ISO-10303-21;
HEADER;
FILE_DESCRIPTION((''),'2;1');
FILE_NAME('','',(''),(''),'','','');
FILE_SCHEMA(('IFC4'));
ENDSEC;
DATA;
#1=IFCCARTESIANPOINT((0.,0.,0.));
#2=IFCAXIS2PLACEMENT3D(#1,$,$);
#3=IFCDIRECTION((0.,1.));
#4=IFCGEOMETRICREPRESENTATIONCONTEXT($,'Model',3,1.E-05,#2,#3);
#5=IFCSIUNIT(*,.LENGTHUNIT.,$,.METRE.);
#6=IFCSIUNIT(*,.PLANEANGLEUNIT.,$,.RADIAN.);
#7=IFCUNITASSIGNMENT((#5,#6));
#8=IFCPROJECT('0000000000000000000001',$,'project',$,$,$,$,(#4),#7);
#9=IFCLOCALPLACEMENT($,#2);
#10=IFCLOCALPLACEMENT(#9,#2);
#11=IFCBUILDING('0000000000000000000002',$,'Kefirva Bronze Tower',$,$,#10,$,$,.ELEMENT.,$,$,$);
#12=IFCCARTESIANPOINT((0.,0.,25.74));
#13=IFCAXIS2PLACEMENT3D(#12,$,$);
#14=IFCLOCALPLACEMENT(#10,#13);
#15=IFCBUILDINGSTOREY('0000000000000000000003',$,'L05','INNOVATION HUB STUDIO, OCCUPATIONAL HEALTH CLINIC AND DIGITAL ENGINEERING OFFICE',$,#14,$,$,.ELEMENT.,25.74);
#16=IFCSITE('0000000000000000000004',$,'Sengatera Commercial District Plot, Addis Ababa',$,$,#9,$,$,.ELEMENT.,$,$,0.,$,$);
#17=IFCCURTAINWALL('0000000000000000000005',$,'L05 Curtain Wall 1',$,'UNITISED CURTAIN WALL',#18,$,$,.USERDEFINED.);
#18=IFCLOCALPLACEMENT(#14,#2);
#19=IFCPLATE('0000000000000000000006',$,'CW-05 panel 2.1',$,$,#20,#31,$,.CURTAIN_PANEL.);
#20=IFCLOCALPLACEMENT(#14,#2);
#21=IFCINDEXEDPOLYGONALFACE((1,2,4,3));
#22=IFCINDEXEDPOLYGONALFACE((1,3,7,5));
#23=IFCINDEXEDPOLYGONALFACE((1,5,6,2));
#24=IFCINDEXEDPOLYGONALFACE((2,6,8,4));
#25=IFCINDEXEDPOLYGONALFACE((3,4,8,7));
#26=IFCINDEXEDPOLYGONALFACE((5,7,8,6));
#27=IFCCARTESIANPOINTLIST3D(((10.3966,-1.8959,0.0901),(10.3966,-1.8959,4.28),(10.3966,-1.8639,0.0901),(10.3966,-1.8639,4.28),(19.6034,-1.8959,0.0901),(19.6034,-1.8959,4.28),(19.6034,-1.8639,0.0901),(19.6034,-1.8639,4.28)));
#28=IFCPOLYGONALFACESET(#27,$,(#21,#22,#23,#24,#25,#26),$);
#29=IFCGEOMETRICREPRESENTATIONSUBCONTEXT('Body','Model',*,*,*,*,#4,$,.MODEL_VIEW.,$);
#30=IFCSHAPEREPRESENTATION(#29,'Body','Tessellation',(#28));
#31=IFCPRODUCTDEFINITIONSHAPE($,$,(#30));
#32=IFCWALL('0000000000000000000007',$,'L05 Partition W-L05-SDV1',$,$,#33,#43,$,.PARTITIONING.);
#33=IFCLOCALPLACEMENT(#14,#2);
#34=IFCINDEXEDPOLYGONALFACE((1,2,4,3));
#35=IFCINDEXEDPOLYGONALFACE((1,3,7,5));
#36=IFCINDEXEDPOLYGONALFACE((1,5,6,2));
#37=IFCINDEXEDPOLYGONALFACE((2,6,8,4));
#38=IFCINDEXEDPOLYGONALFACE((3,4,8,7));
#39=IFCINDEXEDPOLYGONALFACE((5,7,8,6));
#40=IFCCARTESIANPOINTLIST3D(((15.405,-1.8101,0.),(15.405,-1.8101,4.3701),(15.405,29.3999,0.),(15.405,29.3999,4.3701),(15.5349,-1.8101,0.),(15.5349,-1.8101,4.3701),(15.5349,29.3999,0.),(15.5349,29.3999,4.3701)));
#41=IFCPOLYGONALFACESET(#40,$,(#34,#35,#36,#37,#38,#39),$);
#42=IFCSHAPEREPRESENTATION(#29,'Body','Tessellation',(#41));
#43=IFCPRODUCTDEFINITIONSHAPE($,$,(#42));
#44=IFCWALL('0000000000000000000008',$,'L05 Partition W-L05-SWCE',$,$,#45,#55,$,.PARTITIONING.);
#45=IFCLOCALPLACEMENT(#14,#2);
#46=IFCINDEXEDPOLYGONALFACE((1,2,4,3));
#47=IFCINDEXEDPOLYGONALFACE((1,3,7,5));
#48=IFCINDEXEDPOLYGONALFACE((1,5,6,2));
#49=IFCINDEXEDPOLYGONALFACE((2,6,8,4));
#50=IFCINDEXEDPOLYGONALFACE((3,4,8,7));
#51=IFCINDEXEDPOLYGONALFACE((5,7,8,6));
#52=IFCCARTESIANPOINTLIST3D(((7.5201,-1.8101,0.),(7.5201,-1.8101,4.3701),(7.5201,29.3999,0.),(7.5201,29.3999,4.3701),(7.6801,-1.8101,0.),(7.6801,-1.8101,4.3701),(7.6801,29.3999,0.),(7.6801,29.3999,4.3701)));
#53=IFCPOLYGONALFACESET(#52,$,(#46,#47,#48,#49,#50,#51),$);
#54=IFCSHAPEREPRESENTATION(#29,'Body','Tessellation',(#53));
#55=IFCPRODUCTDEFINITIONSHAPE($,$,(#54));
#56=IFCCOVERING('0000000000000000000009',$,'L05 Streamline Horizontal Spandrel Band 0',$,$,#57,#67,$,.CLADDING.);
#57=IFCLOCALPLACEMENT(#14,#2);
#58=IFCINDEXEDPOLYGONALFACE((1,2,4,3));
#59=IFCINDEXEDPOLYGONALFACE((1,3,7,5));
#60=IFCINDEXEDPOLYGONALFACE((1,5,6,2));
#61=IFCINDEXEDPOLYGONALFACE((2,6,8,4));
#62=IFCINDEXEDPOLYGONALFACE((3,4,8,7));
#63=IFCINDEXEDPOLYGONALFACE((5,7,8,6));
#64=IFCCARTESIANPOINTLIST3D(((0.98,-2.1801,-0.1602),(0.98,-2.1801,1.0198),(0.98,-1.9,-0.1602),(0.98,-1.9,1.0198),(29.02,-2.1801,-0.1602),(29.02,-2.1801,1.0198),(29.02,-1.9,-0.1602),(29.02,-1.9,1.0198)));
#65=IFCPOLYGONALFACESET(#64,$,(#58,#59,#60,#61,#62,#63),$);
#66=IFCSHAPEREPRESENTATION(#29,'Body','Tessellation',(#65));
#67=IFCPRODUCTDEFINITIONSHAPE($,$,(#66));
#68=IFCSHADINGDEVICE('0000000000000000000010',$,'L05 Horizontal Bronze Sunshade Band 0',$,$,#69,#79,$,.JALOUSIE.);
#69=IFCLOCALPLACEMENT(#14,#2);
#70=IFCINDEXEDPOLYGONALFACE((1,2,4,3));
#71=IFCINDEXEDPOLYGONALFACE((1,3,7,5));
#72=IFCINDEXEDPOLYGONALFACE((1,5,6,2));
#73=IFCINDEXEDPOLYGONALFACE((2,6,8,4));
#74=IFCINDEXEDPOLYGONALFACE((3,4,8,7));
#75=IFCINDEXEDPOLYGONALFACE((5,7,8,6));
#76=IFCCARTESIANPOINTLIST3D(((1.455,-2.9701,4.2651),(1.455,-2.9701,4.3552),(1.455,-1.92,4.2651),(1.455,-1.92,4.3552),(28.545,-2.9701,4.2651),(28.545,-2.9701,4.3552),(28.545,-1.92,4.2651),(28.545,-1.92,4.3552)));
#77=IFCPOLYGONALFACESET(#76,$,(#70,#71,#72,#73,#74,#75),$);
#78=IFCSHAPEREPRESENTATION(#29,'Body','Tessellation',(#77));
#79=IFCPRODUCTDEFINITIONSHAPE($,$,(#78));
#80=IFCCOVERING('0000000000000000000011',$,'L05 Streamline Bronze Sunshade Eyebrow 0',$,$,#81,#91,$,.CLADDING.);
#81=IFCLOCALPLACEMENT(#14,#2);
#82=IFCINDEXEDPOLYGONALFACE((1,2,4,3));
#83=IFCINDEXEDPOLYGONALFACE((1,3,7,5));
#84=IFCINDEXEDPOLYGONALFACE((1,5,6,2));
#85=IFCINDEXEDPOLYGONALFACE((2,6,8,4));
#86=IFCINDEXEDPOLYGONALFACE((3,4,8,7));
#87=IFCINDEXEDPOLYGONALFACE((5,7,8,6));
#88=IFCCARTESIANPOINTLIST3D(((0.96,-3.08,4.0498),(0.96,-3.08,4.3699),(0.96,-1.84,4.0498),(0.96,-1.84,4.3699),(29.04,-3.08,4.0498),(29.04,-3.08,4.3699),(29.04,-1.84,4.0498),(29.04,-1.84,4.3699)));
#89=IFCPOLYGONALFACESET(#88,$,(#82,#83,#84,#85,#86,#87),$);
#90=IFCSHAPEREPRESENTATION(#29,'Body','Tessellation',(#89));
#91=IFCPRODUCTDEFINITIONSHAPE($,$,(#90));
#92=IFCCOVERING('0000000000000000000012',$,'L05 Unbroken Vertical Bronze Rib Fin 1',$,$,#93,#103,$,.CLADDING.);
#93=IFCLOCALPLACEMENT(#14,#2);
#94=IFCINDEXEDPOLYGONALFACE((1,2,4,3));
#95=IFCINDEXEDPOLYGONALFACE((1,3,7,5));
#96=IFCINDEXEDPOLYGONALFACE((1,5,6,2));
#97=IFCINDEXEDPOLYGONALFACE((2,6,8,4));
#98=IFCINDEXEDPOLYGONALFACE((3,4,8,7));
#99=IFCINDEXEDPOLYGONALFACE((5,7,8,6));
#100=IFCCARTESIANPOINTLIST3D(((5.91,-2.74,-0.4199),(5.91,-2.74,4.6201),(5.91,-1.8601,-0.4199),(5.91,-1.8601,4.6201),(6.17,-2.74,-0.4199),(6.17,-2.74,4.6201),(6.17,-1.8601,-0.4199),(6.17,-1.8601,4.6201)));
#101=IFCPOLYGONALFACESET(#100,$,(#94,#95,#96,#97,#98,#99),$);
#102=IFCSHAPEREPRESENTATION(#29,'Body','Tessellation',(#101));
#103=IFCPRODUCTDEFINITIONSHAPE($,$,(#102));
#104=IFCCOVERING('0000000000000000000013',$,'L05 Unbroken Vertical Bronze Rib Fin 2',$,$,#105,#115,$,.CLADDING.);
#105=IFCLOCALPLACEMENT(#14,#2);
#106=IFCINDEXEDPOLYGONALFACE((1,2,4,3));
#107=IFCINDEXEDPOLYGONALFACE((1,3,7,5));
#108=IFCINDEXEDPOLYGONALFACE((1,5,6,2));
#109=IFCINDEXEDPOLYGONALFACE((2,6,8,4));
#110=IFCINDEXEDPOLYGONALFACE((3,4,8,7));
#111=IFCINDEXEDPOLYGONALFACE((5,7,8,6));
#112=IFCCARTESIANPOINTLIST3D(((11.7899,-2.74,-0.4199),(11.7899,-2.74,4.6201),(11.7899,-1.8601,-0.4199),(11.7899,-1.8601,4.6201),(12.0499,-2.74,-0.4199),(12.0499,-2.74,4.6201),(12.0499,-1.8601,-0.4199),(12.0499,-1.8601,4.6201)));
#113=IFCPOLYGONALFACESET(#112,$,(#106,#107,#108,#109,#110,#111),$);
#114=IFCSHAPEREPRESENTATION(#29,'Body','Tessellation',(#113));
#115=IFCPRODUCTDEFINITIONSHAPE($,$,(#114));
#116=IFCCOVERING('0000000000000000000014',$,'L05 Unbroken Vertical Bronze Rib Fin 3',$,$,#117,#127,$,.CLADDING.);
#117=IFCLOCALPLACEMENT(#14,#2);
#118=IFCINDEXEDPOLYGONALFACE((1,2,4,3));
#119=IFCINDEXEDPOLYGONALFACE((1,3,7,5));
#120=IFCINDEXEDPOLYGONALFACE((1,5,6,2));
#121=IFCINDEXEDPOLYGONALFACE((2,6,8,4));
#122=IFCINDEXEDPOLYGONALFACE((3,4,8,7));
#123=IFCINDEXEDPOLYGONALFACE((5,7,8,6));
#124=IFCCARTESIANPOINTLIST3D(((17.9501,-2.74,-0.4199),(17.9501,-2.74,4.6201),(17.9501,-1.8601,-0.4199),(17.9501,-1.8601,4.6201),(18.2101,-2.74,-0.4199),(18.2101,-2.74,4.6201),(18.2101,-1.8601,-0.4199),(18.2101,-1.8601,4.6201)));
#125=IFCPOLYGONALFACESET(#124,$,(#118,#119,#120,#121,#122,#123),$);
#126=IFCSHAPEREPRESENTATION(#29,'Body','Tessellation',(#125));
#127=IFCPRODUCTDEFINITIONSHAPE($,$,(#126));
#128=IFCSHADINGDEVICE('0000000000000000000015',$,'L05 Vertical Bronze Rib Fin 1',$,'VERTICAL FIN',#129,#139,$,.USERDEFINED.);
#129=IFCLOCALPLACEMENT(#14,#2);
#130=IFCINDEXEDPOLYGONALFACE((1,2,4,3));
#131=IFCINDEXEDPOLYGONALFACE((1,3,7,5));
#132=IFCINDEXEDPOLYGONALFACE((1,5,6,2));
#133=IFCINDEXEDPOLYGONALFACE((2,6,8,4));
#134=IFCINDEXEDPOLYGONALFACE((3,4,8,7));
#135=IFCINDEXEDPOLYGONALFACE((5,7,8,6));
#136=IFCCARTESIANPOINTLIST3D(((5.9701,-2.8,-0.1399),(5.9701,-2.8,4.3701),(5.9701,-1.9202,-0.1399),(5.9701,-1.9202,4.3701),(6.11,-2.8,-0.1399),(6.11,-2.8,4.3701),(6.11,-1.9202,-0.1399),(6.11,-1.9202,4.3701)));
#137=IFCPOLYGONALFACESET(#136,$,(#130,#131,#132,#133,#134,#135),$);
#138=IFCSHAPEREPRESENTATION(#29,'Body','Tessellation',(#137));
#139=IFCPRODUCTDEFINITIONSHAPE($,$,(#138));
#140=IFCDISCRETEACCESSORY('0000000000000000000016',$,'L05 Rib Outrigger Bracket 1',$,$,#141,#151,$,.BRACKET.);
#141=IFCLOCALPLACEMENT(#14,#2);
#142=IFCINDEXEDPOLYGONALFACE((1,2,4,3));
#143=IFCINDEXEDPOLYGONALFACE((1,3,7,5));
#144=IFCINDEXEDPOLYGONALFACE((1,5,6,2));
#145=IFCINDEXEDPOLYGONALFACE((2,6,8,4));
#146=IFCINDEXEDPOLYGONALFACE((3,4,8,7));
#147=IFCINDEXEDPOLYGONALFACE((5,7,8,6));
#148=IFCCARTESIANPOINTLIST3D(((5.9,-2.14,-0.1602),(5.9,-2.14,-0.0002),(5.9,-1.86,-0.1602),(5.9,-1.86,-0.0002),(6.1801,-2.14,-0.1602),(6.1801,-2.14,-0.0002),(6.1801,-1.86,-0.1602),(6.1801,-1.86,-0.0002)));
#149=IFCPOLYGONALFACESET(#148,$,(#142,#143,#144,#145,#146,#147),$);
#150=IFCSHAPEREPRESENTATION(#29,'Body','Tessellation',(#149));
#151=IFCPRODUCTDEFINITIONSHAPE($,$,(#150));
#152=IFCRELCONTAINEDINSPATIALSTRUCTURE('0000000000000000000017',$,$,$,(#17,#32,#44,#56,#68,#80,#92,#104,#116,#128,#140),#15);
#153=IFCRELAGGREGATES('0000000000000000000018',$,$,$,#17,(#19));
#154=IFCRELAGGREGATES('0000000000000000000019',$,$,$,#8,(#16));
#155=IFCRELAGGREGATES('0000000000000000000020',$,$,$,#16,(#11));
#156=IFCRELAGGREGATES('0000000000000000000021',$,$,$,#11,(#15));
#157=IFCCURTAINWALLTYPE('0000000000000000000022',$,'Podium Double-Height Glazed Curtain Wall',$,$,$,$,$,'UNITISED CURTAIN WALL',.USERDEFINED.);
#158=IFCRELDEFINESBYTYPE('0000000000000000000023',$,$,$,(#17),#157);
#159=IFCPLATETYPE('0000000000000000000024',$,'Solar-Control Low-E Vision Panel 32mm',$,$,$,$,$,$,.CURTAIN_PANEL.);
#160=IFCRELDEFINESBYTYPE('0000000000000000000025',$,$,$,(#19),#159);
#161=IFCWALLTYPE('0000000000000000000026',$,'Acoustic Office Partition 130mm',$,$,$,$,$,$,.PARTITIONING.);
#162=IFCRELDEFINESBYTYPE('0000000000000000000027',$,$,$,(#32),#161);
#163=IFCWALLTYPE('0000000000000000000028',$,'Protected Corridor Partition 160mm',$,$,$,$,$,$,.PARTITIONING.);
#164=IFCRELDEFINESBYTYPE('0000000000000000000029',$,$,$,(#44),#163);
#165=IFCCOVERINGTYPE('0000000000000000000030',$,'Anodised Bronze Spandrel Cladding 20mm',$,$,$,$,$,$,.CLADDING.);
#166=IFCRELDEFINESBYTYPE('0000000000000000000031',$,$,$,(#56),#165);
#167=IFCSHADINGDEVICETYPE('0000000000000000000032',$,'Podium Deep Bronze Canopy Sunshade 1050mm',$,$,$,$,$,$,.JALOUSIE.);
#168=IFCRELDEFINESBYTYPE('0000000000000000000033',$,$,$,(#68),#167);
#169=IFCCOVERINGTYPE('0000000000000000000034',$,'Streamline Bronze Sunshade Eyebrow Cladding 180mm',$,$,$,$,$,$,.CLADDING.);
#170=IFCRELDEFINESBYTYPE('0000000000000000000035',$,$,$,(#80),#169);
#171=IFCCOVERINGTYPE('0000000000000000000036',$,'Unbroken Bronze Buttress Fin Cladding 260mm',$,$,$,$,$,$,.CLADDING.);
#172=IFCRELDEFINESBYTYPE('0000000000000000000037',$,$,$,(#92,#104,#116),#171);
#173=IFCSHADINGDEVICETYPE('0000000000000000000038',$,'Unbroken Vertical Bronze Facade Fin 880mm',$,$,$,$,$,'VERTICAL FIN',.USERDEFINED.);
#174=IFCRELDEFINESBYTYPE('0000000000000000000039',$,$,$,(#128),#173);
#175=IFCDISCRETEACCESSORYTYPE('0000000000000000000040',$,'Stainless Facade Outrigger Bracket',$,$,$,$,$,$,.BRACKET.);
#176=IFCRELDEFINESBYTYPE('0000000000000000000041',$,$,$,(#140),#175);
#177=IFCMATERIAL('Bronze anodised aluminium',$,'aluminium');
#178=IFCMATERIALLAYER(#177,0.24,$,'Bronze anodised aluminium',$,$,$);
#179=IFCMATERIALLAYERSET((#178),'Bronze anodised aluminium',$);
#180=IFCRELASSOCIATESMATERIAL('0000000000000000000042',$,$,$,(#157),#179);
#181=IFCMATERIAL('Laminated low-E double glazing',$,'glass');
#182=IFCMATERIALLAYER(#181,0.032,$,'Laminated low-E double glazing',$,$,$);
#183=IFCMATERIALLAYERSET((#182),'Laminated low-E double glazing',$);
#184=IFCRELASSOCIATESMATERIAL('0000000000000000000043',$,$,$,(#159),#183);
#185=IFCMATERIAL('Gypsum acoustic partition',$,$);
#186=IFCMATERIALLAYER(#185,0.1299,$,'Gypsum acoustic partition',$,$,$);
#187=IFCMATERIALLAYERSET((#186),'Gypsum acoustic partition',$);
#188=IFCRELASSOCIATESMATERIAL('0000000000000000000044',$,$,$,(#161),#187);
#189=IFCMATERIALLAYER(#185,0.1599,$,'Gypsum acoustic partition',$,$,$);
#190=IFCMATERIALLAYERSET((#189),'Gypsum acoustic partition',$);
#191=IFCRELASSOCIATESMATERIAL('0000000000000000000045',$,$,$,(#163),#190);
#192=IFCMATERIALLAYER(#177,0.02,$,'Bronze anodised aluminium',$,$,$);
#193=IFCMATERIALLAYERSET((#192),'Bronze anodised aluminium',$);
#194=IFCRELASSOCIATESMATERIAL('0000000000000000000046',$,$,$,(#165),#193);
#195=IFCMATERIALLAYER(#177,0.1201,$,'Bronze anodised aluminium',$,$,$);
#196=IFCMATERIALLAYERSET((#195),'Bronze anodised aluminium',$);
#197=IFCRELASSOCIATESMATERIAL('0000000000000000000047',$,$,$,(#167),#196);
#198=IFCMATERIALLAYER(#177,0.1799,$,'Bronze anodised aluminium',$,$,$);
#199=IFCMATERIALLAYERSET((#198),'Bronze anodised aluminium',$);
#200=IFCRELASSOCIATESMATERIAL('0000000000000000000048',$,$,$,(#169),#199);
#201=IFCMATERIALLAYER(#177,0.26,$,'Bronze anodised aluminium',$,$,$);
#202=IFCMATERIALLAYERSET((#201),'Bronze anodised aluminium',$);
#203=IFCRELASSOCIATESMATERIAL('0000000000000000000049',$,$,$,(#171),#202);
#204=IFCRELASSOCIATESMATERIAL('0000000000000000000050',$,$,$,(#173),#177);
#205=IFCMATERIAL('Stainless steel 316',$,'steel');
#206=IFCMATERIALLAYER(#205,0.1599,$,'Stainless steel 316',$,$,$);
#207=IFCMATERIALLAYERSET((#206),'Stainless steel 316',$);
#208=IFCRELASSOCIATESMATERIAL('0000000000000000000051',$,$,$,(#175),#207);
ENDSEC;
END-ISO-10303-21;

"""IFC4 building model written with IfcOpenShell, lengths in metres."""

from ifc_helpers import new_model, si_unit, direction, frame, frame_2d, origin, origin_2d, place, context, subcontext, project, spatial, rectangle, extrude, material, layer, layer_set, material_profile, profile_set, type_object, element, aggregate, save


model = new_model("IFC4")

# Units and contexts
model_context = context("Model", 3, precision=1e-05, world=origin(), true_north=direction((0.0, 1.0)))
body_context = subcontext(model_context, "Body", "Model", "MODEL_VIEW")
ifc_project = project(units=[si_unit("LENGTHUNIT", "METRE"), si_unit("PLANEANGLEUNIT", "RADIAN")], contexts=[model_context])

# Site, building, storey
site_placement = place(None, origin())
site = spatial("IfcSite", under=ifc_project, at=site_placement, Name="Sengatera Commercial District Plot, Addis Ababa", CompositionType="ELEMENT", RefElevation=0.0)
building_placement = place(site_placement, origin())
building = spatial("IfcBuilding", under=site, at=building_placement, Name="Kefirva Bronze Tower", CompositionType="ELEMENT")
storey_placement = place(building_placement, frame((0.0, 0.0, 25.74)))
storey = spatial("IfcBuildingStorey", under=building, at=storey_placement, Name="L05", Description="INNOVATION HUB STUDIO, OCCUPATIONAL HEALTH CLINIC AND DIGITAL ENGINEERING OFFICE", CompositionType="ELEMENT", Elevation=25.74)

# Curtain wall
ifc_material_1 = material(Name="Bronze anodised aluminium", Category="aluminium")
ifc_layer_1 = layer(ifc_material_1, 0.24, Name="Bronze anodised aluminium")
ifc_layer_set_1 = layer_set([ifc_layer_1], Name="Bronze anodised aluminium")
curtain_wall_type = type_object("IfcCurtainWallType", Name="Podium Double-Height Glazed Curtain Wall", ElementType="UNITISED CURTAIN WALL", PredefinedType="USERDEFINED", material=ifc_layer_set_1)
curtain_wall_placement = place(storey_placement, origin())
curtain_wall = element("IfcCurtainWall", 1, at=curtain_wall_placement, inside=storey, type_object=curtain_wall_type, Name="L05 Curtain Wall 1", ObjectType="UNITISED CURTAIN WALL", PredefinedType="USERDEFINED")

# Plate
ifc_material_2 = material(Name="Laminated low-E double glazing", Category="glass")
ifc_layer_2 = layer(ifc_material_2, 0.032, Name="Laminated low-E double glazing")
ifc_layer_set_2 = layer_set([ifc_layer_2], Name="Laminated low-E double glazing")
plate_type = type_object("IfcPlateType", Name="Solar-Control Low-E Vision Panel 32mm", PredefinedType="CURTAIN_PANEL", material=ifc_layer_set_2)
plate_1_placement = place(storey_placement, frame((15.0, -1.8799, 0.0901), z_axis=(0.0, 0.0, 1.0), x_axis=(1.0, 0.0, 0.0)))
plate_1 = element("IfcPlate", 2, at=plate_1_placement, type_object=plate_type, Name="CW-05 panel 2.1", PredefinedType="CURTAIN_PANEL", context=body_context, shape_type="SweptSolid", body=[
    extrude(rectangle(XDim=9.2068, YDim=0.032, at=origin_2d()), origin(), (0.0, 0.0, 1.0), 4.1899),
])
aggregate(curtain_wall, [plate_1])

# Walls
ifc_material_3 = material(Name="Gypsum acoustic partition")
ifc_layer_3 = layer(ifc_material_3, 0.1299, Name="Gypsum acoustic partition")
ifc_layer_set_3 = layer_set([ifc_layer_3], Name="Gypsum acoustic partition")
wall_type_1 = type_object("IfcWallType", Name="Acoustic Office Partition 130mm", PredefinedType="PARTITIONING", material=ifc_layer_set_3)
wall_1_placement = place(storey_placement, frame((15.47, -1.8101, 0.0), z_axis=(0.0, 0.0, 1.0), x_axis=(0.0, 1.0, 0.0)))
element("IfcWall", 3, at=wall_1_placement, inside=storey, type_object=wall_type_1, Name="L05 Partition W-L05-SDV1", PredefinedType="PARTITIONING", context=body_context, shape_type="SweptSolid", body=[
    extrude(rectangle(XDim=31.21, YDim=0.1299, at=frame_2d((15.605, 0.0))), origin(), (0.0, 0.0, 1.0), 4.3701),
])
ifc_layer_4 = layer(ifc_material_3, 0.1599, Name="Gypsum acoustic partition")
ifc_layer_set_4 = layer_set([ifc_layer_4], Name="Gypsum acoustic partition")
wall_type_2 = type_object("IfcWallType", Name="Protected Corridor Partition 160mm", PredefinedType="PARTITIONING", material=ifc_layer_set_4)
wall_2_placement = place(storey_placement, frame((7.6001, -1.8101, 0.0), z_axis=(0.0, 0.0, 1.0), x_axis=(0.0, 1.0, 0.0)))
element("IfcWall", 4, at=wall_2_placement, inside=storey, type_object=wall_type_2, Name="L05 Partition W-L05-SWCE", PredefinedType="PARTITIONING", context=body_context, shape_type="SweptSolid", body=[
    extrude(rectangle(XDim=31.21, YDim=0.1599, at=frame_2d((15.605, 0.0))), origin(), (0.0, 0.0, 1.0), 4.3701),
])

# Covering
ifc_layer_5 = layer(ifc_material_1, 0.02, Name="Bronze anodised aluminium")
ifc_layer_set_5 = layer_set([ifc_layer_5], Name="Bronze anodised aluminium")
covering_type_1 = type_object("IfcCoveringType", Name="Anodised Bronze Spandrel Cladding 20mm", PredefinedType="CLADDING", material=ifc_layer_set_5)
covering_1_placement = place(storey_placement, frame((15.0, -2.04, -0.1602), z_axis=(0.0, 0.0, 1.0), x_axis=(1.0, 0.0, 0.0)))
element("IfcCovering", 5, at=covering_1_placement, inside=storey, type_object=covering_type_1, Name="L05 Streamline Horizontal Spandrel Band 0", PredefinedType="CLADDING", context=body_context, shape_type="SweptSolid", body=[
    extrude(rectangle(XDim=28.04, YDim=0.28, at=origin_2d()), origin(), (0.0, 0.0, 1.0), 1.1799),
])

# Shading device
ifc_layer_6 = layer(ifc_material_1, 0.1201, Name="Bronze anodised aluminium")
ifc_layer_set_6 = layer_set([ifc_layer_6], Name="Bronze anodised aluminium")
shading_device_type_1 = type_object("IfcShadingDeviceType", Name="Podium Deep Bronze Canopy Sunshade 1050mm", PredefinedType="JALOUSIE", material=ifc_layer_set_6)
shading_device_1_placement = place(storey_placement, frame((15.0, -2.4451, 4.2651), z_axis=(0.0, 0.0, 1.0), x_axis=(1.0, 0.0, 0.0)))
element("IfcShadingDevice", 6, at=shading_device_1_placement, inside=storey, type_object=shading_device_type_1, Name="L05 Horizontal Bronze Sunshade Band 0", PredefinedType="JALOUSIE", context=body_context, shape_type="SweptSolid", body=[
    extrude(rectangle(XDim=27.0901, YDim=1.05, at=origin_2d()), origin(), (0.0, 0.0, 1.0), 0.0901),
])

# Coverings
ifc_layer_7 = layer(ifc_material_1, 0.1799, Name="Bronze anodised aluminium")
ifc_layer_set_7 = layer_set([ifc_layer_7], Name="Bronze anodised aluminium")
covering_type_2 = type_object("IfcCoveringType", Name="Streamline Bronze Sunshade Eyebrow Cladding 180mm", PredefinedType="CLADDING", material=ifc_layer_set_7)
covering_2_placement = place(storey_placement, frame((15.0, -2.46, 4.0498), z_axis=(0.0, 0.0, 1.0), x_axis=(1.0, 0.0, 0.0)))
element("IfcCovering", 7, at=covering_2_placement, inside=storey, type_object=covering_type_2, Name="L05 Streamline Bronze Sunshade Eyebrow 0", PredefinedType="CLADDING", context=body_context, shape_type="SweptSolid", body=[
    extrude(rectangle(XDim=28.0801, YDim=1.24, at=origin_2d()), origin(), (0.0, 0.0, 1.0), 0.3201),
])
ifc_layer_8 = layer(ifc_material_1, 0.26, Name="Bronze anodised aluminium")
ifc_layer_set_8 = layer_set([ifc_layer_8], Name="Bronze anodised aluminium")
covering_type_3 = type_object("IfcCoveringType", Name="Unbroken Bronze Buttress Fin Cladding 260mm", PredefinedType="CLADDING", material=ifc_layer_set_8)
for number, where, z_axis, x_axis, name in (
    (8, (6.04, -2.3, -0.4199), (0.0, 0.0, 1.0), (1.0, 0.0, 0.0), "L05 Unbroken Vertical Bronze Rib Fin 1"),
    (9, (11.9199, -2.3, -0.4199), (0.0, 0.0, 1.0), (1.0, 0.0, 0.0), "L05 Unbroken Vertical Bronze Rib Fin 2"),
    (10, (18.0801, -2.3, -0.4199), (0.0, 0.0, 1.0), (1.0, 0.0, 0.0), "L05 Unbroken Vertical Bronze Rib Fin 3"),
):
    element("IfcCovering", number, at=place(storey_placement, frame(where, z_axis=z_axis, x_axis=x_axis)), inside=storey, type_object=covering_type_3, Name=name, PredefinedType="CLADDING", context=body_context, shape_type="SweptSolid", body=[
        extrude(rectangle(XDim=0.26, YDim=0.8799, at=origin_2d()), origin(), (0.0, 0.0, 1.0), 5.04),
    ])

# Shading device
ifc_material_profile_1 = material_profile(ifc_material_1, rectangle(XDim=0.1399, YDim=0.8799, at=origin_2d()), Name="BRONZE FIN 140x880")
ifc_profile_set_1 = profile_set([ifc_material_profile_1], Name="Bronze anodised aluminium")
shading_device_type_2 = type_object("IfcShadingDeviceType", Name="Unbroken Vertical Bronze Facade Fin 880mm", ElementType="VERTICAL FIN", PredefinedType="USERDEFINED", material=ifc_profile_set_1)
shading_device_2_placement = place(storey_placement, frame((6.04, -2.3601, -0.1399), z_axis=(0.0, 0.0, 1.0), x_axis=(1.0, 0.0, 0.0)))
element("IfcShadingDevice", 11, at=shading_device_2_placement, inside=storey, type_object=shading_device_type_2, Name="L05 Vertical Bronze Rib Fin 1", ObjectType="VERTICAL FIN", PredefinedType="USERDEFINED", context=body_context, shape_type="SweptSolid", body=[
    extrude(rectangle(XDim=0.1399, YDim=0.8799, at=origin_2d()), origin(), (0.0, 0.0, 1.0), 4.51),
])

# Discrete accessory
ifc_material_4 = material(Name="Stainless steel 316", Category="steel")
ifc_layer_9 = layer(ifc_material_4, 0.1599, Name="Stainless steel 316")
ifc_layer_set_9 = layer_set([ifc_layer_9], Name="Stainless steel 316")
discrete_accessory_type = type_object("IfcDiscreteAccessoryType", Name="Stainless Facade Outrigger Bracket", PredefinedType="BRACKET", material=ifc_layer_set_9)
discrete_accessory_placement = place(storey_placement, frame((6.04, -2.0, -0.1602), z_axis=(0.0, 0.0, 1.0), x_axis=(1.0, 0.0, 0.0)))
element("IfcDiscreteAccessory", 12, at=discrete_accessory_placement, inside=storey, type_object=discrete_accessory_type, Name="L05 Rib Outrigger Bracket 1", PredefinedType="BRACKET", context=body_context, shape_type="SweptSolid", body=[
    extrude(rectangle(XDim=0.28, YDim=0.28, at=origin_2d()), origin(), (0.0, 0.0, 1.0), 0.1599),
])

save(model, "model.ifc")
